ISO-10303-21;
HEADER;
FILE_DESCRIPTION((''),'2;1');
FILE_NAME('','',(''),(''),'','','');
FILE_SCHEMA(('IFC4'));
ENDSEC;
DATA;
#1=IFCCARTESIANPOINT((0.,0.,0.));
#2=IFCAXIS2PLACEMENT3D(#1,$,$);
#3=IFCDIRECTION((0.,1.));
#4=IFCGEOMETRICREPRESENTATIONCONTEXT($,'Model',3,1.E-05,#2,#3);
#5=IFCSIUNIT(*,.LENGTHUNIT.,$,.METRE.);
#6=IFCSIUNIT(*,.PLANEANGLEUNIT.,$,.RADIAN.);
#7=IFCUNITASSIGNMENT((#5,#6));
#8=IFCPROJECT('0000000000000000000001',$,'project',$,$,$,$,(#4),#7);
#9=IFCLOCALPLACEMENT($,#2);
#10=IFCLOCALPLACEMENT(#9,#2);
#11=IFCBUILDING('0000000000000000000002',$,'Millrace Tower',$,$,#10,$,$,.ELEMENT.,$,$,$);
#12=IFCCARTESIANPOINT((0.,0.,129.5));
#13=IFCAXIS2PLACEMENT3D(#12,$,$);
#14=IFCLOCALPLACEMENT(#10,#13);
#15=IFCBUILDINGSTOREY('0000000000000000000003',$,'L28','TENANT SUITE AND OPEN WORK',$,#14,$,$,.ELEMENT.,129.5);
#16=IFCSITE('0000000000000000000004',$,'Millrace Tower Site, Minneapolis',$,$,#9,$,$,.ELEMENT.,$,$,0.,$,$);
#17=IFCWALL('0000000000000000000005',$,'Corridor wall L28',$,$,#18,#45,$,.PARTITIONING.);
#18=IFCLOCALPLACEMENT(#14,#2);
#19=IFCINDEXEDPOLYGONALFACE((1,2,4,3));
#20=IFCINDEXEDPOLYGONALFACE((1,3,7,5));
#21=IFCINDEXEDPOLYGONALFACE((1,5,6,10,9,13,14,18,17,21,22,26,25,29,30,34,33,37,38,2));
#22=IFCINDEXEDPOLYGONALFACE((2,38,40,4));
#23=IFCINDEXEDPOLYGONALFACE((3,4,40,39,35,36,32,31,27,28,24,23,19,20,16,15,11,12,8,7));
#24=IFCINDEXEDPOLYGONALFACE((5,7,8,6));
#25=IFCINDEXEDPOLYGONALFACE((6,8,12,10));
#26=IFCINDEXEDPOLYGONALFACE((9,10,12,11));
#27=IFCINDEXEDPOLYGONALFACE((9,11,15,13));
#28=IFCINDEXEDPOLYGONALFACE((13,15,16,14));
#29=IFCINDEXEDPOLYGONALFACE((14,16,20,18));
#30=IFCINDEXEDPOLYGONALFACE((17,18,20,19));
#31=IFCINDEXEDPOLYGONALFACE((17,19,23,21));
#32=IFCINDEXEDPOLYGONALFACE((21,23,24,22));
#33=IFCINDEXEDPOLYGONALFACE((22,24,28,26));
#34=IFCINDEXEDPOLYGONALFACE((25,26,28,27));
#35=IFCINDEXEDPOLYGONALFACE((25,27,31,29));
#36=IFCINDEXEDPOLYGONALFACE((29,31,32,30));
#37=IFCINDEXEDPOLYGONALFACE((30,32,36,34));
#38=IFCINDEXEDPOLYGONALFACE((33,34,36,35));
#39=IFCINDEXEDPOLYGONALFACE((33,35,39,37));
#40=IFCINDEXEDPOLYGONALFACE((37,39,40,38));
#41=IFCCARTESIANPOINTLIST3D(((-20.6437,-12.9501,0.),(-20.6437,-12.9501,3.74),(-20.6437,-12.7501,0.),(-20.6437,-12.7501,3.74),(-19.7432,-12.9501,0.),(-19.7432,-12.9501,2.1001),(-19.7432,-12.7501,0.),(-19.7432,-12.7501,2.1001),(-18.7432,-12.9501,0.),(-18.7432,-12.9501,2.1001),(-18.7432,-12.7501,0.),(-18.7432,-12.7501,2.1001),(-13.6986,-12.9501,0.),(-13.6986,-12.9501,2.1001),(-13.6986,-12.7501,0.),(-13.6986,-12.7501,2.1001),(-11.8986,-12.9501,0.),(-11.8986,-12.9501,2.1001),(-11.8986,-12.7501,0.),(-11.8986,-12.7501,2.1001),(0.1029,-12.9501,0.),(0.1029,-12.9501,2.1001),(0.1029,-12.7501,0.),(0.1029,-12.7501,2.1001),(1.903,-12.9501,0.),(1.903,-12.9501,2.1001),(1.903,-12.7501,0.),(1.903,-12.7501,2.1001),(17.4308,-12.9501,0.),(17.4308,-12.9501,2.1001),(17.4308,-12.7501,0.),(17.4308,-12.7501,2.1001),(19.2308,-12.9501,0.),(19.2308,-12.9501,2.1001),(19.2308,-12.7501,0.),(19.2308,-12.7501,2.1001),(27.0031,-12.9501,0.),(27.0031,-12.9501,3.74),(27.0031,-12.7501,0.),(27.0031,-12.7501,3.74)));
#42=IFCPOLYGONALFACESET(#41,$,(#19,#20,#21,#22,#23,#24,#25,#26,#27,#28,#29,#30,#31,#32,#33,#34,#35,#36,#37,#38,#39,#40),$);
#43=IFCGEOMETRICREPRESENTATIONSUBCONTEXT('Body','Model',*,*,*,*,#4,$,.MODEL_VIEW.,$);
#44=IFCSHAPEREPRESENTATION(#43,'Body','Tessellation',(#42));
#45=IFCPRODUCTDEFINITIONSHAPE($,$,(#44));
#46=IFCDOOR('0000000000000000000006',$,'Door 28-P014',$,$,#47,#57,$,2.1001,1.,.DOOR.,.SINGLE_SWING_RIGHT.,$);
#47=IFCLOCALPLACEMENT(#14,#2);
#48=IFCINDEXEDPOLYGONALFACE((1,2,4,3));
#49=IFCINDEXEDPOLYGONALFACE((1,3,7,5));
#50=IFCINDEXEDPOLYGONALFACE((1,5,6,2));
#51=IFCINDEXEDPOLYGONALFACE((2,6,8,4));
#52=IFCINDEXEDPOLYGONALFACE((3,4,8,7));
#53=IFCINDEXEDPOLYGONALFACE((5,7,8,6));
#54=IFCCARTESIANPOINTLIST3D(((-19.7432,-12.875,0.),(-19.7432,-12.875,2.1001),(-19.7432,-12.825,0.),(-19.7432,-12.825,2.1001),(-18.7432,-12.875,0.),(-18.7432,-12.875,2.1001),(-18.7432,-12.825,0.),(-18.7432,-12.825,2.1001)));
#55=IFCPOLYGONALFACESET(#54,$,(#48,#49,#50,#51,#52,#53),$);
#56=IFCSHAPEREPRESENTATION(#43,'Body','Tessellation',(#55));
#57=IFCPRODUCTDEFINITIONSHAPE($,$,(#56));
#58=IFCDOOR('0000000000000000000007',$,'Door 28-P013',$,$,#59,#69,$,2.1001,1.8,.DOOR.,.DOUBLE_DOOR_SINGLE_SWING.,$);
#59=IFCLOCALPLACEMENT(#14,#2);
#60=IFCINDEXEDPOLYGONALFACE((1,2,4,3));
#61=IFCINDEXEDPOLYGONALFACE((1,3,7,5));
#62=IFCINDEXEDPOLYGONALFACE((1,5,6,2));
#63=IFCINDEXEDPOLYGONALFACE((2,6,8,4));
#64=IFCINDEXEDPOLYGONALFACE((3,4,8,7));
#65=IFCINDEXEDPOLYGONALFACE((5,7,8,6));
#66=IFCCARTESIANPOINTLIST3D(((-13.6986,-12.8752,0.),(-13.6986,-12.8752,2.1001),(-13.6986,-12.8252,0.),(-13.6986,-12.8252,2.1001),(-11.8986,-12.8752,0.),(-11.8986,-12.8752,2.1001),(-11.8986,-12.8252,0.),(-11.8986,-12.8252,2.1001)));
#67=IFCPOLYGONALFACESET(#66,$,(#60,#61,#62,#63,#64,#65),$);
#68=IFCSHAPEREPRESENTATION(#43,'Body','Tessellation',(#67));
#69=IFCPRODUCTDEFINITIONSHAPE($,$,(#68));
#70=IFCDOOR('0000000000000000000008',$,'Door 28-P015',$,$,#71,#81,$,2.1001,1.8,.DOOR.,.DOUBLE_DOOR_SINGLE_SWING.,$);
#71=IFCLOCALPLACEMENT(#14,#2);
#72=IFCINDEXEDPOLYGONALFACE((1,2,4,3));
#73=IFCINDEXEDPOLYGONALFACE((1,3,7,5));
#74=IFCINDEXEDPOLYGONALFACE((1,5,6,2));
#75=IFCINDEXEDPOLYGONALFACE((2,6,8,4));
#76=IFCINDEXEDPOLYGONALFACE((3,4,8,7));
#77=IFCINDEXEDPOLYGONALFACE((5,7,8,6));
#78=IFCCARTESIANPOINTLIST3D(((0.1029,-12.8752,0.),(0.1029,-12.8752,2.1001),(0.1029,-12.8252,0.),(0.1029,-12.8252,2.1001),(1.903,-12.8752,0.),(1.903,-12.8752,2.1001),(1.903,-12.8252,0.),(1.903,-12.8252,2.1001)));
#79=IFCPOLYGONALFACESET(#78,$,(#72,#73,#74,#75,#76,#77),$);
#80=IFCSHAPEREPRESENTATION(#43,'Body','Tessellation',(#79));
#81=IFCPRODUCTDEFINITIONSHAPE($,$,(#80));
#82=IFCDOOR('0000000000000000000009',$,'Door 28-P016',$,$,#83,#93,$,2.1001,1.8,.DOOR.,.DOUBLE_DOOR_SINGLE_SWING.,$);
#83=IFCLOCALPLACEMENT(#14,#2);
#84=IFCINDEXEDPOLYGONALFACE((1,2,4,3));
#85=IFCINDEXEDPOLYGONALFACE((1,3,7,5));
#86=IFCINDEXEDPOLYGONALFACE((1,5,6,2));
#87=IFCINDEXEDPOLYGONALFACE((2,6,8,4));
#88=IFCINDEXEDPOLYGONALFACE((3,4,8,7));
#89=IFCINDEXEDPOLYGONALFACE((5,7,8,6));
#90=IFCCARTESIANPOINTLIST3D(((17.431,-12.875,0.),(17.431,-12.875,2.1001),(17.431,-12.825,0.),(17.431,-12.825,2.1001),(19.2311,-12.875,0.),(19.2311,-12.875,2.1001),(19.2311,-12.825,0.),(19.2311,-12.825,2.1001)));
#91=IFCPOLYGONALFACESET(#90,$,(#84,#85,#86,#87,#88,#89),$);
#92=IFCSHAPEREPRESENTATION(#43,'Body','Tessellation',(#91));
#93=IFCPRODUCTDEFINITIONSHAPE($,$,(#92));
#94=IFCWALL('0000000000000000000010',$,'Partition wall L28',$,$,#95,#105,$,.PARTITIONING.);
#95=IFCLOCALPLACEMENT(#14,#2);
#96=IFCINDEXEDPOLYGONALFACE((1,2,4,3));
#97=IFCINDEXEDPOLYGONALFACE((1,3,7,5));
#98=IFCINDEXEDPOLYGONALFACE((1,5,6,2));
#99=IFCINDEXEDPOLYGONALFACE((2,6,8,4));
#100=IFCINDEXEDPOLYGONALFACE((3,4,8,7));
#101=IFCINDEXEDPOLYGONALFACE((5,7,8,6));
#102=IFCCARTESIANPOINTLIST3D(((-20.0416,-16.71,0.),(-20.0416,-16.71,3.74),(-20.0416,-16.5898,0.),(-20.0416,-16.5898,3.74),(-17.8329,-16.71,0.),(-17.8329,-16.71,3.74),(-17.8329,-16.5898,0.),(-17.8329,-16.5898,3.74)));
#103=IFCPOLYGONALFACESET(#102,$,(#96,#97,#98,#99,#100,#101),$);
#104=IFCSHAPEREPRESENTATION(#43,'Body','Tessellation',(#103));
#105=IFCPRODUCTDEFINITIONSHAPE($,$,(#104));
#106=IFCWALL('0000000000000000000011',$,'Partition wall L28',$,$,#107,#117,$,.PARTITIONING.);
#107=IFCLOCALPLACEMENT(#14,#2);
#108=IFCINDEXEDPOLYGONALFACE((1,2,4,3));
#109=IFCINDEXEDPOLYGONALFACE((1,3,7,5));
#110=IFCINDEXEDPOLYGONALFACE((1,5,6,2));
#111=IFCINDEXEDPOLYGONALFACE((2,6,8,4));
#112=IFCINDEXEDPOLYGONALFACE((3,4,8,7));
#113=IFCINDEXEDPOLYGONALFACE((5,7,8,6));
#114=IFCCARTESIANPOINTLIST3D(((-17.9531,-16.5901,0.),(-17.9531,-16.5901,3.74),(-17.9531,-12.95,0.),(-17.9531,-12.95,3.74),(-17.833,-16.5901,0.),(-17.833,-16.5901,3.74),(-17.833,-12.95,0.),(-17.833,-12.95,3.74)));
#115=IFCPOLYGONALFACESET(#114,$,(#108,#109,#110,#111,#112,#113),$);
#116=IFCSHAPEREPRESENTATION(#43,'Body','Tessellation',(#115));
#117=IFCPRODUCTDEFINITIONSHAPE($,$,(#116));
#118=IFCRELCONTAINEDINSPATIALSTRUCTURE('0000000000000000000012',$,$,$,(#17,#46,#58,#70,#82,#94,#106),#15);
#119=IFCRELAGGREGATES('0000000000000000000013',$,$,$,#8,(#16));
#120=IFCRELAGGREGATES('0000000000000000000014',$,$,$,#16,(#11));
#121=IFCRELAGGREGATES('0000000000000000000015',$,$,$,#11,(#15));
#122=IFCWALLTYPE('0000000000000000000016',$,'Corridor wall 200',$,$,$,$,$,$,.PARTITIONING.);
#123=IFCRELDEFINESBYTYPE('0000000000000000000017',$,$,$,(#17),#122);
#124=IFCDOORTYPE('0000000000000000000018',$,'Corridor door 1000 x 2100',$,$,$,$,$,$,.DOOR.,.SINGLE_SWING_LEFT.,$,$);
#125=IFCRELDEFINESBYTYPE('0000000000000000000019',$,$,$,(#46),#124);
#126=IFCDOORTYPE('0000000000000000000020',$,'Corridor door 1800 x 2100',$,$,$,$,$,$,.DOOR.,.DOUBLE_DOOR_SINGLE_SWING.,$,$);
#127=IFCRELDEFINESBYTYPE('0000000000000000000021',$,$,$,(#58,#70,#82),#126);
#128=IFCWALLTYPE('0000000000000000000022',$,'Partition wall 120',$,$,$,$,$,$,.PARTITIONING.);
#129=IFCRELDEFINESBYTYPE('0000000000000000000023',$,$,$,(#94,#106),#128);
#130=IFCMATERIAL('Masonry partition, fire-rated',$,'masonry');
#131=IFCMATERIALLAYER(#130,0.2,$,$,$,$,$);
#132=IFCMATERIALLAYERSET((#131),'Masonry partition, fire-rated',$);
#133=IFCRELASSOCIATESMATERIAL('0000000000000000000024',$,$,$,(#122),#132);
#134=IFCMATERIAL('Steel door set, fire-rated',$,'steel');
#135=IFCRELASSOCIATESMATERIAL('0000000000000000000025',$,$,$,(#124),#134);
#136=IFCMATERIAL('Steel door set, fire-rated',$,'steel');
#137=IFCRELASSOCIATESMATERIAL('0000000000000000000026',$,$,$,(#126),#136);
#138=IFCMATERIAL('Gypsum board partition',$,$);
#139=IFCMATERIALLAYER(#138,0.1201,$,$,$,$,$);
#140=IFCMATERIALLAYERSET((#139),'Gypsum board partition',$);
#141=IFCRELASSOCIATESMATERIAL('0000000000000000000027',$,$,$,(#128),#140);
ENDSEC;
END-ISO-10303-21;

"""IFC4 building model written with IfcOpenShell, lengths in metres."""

from ifc_helpers import new_model, si_unit, direction, frame, frame_2d, origin, place, context, subcontext, project, spatial, rectangle, extrude, material, layer, layer_set, type_object, element, fill, save


model = new_model("IFC4")

# Units and contexts
model_context = context("Model", 3, precision=1e-05, world=origin(), true_north=direction((0.0, 1.0)))
body_context = subcontext(model_context, "Body", "Model", "MODEL_VIEW")
ifc_project = project(units=[si_unit("LENGTHUNIT", "METRE"), si_unit("PLANEANGLEUNIT", "RADIAN")], contexts=[model_context])

# Site, building, storey
site_placement = place(None, origin())
site = spatial("IfcSite", under=ifc_project, at=site_placement, Name="Millrace Tower Site, Minneapolis", CompositionType="ELEMENT", RefElevation=0.0)
building_placement = place(site_placement, origin())
building = spatial("IfcBuilding", under=site, at=building_placement, Name="Millrace Tower", CompositionType="ELEMENT")
storey_placement = place(building_placement, frame((0.0, 0.0, 129.5)))
storey = spatial("IfcBuildingStorey", under=building, at=storey_placement, Name="L28", Description="TENANT SUITE AND OPEN WORK", CompositionType="ELEMENT", Elevation=129.5)

# Wall, openings, doors
ifc_material_1 = material(Name="Masonry partition, fire-rated", Category="masonry")
ifc_layer_1 = layer(ifc_material_1, 0.2)
ifc_layer_set_1 = layer_set([ifc_layer_1], Name="Masonry partition, fire-rated")
wall_type_1 = type_object("IfcWallType", Name="Corridor wall 200", PredefinedType="PARTITIONING", material=ifc_layer_set_1)
wall_1_placement = place(storey_placement, frame((-20.6436, -12.8501, 0.0), z_axis=(0.0, 0.0, 1.0), x_axis=(1.0, 0.0, 0.0)))
wall_1 = element("IfcWall", 1, at=wall_1_placement, inside=storey, type_object=wall_type_1, Name="Corridor wall L28", PredefinedType="PARTITIONING", context=body_context, shape_type="SweptSolid", body=[
    extrude(rectangle(XDim=47.6467, YDim=0.2, at=frame_2d((23.8232, 0.0))), origin(), (0.0, 0.0, 1.0), 3.74),
])
opening_1_placement = place(wall_1_placement, frame((6.9451, 0.0, 0.0)))
opening_1 = element("IfcOpeningElement", 2, at=opening_1_placement, cuts=wall_1, PredefinedType="OPENING", context=body_context, shape_type="SweptSolid", body=[
    extrude(rectangle(XDim=1.8, YDim=2.1001, at=frame_2d((0.8999, 1.05))), frame((0.0, 0.1099, 0.0), z_axis=(0.0, -1.0, 0.0), x_axis=(1.0, 0.0, 0.0)), (0.0, 0.0, 1.0), 0.22),
])
opening_2_placement = place(wall_1_placement, frame((0.9004, 0.0, 0.0)))
opening_2 = element("IfcOpeningElement", 3, at=opening_2_placement, cuts=wall_1, PredefinedType="OPENING", context=body_context, shape_type="SweptSolid", body=[
    extrude(rectangle(XDim=1.0, YDim=2.1001, at=frame_2d((0.5, 1.05))), frame((0.0, 0.1099, 0.0), z_axis=(0.0, -1.0, 0.0), x_axis=(1.0, 0.0, 0.0)), (0.0, 0.0, 1.0), 0.22),
])
opening_3_placement = place(wall_1_placement, frame((20.7466, 0.0, 0.0)))
opening_3 = element("IfcOpeningElement", 4, at=opening_3_placement, cuts=wall_1, PredefinedType="OPENING", context=body_context, shape_type="SweptSolid", body=[
    extrude(rectangle(XDim=1.8, YDim=2.1001, at=frame_2d((0.8999, 1.05))), frame((0.0, 0.1099, 0.0), z_axis=(0.0, -1.0, 0.0), x_axis=(1.0, 0.0, 0.0)), (0.0, 0.0, 1.0), 0.22),
])
opening_4_placement = place(wall_1_placement, frame((38.0745, 0.0, 0.0)))
opening_4 = element("IfcOpeningElement", 5, at=opening_4_placement, cuts=wall_1, PredefinedType="OPENING", context=body_context, shape_type="SweptSolid", body=[
    extrude(rectangle(XDim=1.8, YDim=2.1001, at=frame_2d((0.8999, 1.05))), frame((0.0, 0.1099, 0.0), z_axis=(0.0, -1.0, 0.0), x_axis=(1.0, 0.0, 0.0)), (0.0, 0.0, 1.0), 0.22),
])
ifc_material_2 = material(Name="Steel door set, fire-rated", Category="steel")
door_type_1 = type_object("IfcDoorType", Name="Corridor door 1000 x 2100", OperationType="SINGLE_SWING_LEFT", PredefinedType="DOOR", material=ifc_material_2)
door_1_placement = place(opening_2_placement, frame((1.0, 0.0, 0.0), z_axis=(0.0, 0.0, 1.0), x_axis=(-1.0, 0.0, 0.0)))
door_1 = element("IfcDoor", 6, at=door_1_placement, inside=storey, type_object=door_type_1, Name="Door 28-P014", OperationType="SINGLE_SWING_RIGHT", OverallHeight=2.1001, OverallWidth=1.0, PredefinedType="DOOR", context=body_context, shape_type="SweptSolid", body=[
    extrude(rectangle(XDim=1.0, YDim=2.1001, at=frame_2d((0.5, 1.05))), frame((0.0, 0.0249, 0.0), z_axis=(0.0, -1.0, 0.0), x_axis=(1.0, 0.0, 0.0)), (0.0, 0.0, 1.0), 0.05),
])
fill(opening_2, door_1)
ifc_material_3 = material(Name="Steel door set, fire-rated", Category="steel")
door_type_2 = type_object("IfcDoorType", Name="Corridor door 1800 x 2100", OperationType="DOUBLE_DOOR_SINGLE_SWING", PredefinedType="DOOR", material=ifc_material_3)
door_2_placement = place(opening_1_placement, origin())
door_2 = element("IfcDoor", 7, at=door_2_placement, inside=storey, type_object=door_type_2, Name="Door 28-P013", OperationType="DOUBLE_DOOR_SINGLE_SWING", OverallHeight=2.1001, OverallWidth=1.8, PredefinedType="DOOR", context=body_context, shape_type="SweptSolid", body=[
    extrude(rectangle(XDim=1.8, YDim=2.1001, at=frame_2d((0.8999, 1.05))), frame((0.0, 0.0249, 0.0), z_axis=(0.0, -1.0, 0.0), x_axis=(1.0, 0.0, 0.0)), (0.0, 0.0, 1.0), 0.05),
])
fill(opening_1, door_2)
door_3_placement = place(opening_3_placement, origin())
door_3 = element("IfcDoor", 8, at=door_3_placement, inside=storey, type_object=door_type_2, Name="Door 28-P015", OperationType="DOUBLE_DOOR_SINGLE_SWING", OverallHeight=2.1001, OverallWidth=1.8, PredefinedType="DOOR", context=body_context, shape_type="SweptSolid", body=[
    extrude(rectangle(XDim=1.8, YDim=2.1001, at=frame_2d((0.8999, 1.05))), frame((0.0, 0.0249, 0.0), z_axis=(0.0, -1.0, 0.0), x_axis=(1.0, 0.0, 0.0)), (0.0, 0.0, 1.0), 0.05),
])
fill(opening_3, door_3)
door_4_placement = place(opening_4_placement, frame((1.8, 0.0, 0.0), z_axis=(0.0, 0.0, 1.0), x_axis=(-1.0, 0.0, 0.0)))
door_4 = element("IfcDoor", 9, at=door_4_placement, inside=storey, type_object=door_type_2, Name="Door 28-P016", OperationType="DOUBLE_DOOR_SINGLE_SWING", OverallHeight=2.1001, OverallWidth=1.8, PredefinedType="DOOR", context=body_context, shape_type="SweptSolid", body=[
    extrude(rectangle(XDim=1.8, YDim=2.1001, at=frame_2d((0.8999, 1.05))), frame((0.0, 0.0249, 0.0), z_axis=(0.0, -1.0, 0.0), x_axis=(1.0, 0.0, 0.0)), (0.0, 0.0, 1.0), 0.05),
])
fill(opening_4, door_4)

# Walls
ifc_material_4 = material(Name="Gypsum board partition")
ifc_layer_2 = layer(ifc_material_4, 0.1201)
ifc_layer_set_2 = layer_set([ifc_layer_2], Name="Gypsum board partition")
wall_type_2 = type_object("IfcWallType", Name="Partition wall 120", PredefinedType="PARTITIONING", material=ifc_layer_set_2)
wall_2_placement = place(storey_placement, frame((-20.0417, -16.6499, 0.0), z_axis=(0.0, 0.0, 1.0), x_axis=(1.0, 0.0, 0.0)))
element("IfcWall", 10, at=wall_2_placement, inside=storey, type_object=wall_type_2, Name="Partition wall L28", PredefinedType="PARTITIONING", context=body_context, shape_type="SweptSolid", body=[
    extrude(rectangle(XDim=2.2087, YDim=0.1201, at=frame_2d((1.1045, 0.0))), origin(), (0.0, 0.0, 1.0), 3.74),
])
wall_3_placement = place(storey_placement, frame((-17.8931, -16.5901, 0.0), z_axis=(0.0, 0.0, 1.0), x_axis=(0.0, 1.0, 0.0)))
element("IfcWall", 11, at=wall_3_placement, inside=storey, type_object=wall_type_2, Name="Partition wall L28", PredefinedType="PARTITIONING", context=body_context, shape_type="SweptSolid", body=[
    extrude(rectangle(XDim=3.6401, YDim=0.1201, at=frame_2d((1.8201, 0.0))), origin(), (0.0, 0.0, 1.0), 3.74),
])

save(model, "model.ifc")
